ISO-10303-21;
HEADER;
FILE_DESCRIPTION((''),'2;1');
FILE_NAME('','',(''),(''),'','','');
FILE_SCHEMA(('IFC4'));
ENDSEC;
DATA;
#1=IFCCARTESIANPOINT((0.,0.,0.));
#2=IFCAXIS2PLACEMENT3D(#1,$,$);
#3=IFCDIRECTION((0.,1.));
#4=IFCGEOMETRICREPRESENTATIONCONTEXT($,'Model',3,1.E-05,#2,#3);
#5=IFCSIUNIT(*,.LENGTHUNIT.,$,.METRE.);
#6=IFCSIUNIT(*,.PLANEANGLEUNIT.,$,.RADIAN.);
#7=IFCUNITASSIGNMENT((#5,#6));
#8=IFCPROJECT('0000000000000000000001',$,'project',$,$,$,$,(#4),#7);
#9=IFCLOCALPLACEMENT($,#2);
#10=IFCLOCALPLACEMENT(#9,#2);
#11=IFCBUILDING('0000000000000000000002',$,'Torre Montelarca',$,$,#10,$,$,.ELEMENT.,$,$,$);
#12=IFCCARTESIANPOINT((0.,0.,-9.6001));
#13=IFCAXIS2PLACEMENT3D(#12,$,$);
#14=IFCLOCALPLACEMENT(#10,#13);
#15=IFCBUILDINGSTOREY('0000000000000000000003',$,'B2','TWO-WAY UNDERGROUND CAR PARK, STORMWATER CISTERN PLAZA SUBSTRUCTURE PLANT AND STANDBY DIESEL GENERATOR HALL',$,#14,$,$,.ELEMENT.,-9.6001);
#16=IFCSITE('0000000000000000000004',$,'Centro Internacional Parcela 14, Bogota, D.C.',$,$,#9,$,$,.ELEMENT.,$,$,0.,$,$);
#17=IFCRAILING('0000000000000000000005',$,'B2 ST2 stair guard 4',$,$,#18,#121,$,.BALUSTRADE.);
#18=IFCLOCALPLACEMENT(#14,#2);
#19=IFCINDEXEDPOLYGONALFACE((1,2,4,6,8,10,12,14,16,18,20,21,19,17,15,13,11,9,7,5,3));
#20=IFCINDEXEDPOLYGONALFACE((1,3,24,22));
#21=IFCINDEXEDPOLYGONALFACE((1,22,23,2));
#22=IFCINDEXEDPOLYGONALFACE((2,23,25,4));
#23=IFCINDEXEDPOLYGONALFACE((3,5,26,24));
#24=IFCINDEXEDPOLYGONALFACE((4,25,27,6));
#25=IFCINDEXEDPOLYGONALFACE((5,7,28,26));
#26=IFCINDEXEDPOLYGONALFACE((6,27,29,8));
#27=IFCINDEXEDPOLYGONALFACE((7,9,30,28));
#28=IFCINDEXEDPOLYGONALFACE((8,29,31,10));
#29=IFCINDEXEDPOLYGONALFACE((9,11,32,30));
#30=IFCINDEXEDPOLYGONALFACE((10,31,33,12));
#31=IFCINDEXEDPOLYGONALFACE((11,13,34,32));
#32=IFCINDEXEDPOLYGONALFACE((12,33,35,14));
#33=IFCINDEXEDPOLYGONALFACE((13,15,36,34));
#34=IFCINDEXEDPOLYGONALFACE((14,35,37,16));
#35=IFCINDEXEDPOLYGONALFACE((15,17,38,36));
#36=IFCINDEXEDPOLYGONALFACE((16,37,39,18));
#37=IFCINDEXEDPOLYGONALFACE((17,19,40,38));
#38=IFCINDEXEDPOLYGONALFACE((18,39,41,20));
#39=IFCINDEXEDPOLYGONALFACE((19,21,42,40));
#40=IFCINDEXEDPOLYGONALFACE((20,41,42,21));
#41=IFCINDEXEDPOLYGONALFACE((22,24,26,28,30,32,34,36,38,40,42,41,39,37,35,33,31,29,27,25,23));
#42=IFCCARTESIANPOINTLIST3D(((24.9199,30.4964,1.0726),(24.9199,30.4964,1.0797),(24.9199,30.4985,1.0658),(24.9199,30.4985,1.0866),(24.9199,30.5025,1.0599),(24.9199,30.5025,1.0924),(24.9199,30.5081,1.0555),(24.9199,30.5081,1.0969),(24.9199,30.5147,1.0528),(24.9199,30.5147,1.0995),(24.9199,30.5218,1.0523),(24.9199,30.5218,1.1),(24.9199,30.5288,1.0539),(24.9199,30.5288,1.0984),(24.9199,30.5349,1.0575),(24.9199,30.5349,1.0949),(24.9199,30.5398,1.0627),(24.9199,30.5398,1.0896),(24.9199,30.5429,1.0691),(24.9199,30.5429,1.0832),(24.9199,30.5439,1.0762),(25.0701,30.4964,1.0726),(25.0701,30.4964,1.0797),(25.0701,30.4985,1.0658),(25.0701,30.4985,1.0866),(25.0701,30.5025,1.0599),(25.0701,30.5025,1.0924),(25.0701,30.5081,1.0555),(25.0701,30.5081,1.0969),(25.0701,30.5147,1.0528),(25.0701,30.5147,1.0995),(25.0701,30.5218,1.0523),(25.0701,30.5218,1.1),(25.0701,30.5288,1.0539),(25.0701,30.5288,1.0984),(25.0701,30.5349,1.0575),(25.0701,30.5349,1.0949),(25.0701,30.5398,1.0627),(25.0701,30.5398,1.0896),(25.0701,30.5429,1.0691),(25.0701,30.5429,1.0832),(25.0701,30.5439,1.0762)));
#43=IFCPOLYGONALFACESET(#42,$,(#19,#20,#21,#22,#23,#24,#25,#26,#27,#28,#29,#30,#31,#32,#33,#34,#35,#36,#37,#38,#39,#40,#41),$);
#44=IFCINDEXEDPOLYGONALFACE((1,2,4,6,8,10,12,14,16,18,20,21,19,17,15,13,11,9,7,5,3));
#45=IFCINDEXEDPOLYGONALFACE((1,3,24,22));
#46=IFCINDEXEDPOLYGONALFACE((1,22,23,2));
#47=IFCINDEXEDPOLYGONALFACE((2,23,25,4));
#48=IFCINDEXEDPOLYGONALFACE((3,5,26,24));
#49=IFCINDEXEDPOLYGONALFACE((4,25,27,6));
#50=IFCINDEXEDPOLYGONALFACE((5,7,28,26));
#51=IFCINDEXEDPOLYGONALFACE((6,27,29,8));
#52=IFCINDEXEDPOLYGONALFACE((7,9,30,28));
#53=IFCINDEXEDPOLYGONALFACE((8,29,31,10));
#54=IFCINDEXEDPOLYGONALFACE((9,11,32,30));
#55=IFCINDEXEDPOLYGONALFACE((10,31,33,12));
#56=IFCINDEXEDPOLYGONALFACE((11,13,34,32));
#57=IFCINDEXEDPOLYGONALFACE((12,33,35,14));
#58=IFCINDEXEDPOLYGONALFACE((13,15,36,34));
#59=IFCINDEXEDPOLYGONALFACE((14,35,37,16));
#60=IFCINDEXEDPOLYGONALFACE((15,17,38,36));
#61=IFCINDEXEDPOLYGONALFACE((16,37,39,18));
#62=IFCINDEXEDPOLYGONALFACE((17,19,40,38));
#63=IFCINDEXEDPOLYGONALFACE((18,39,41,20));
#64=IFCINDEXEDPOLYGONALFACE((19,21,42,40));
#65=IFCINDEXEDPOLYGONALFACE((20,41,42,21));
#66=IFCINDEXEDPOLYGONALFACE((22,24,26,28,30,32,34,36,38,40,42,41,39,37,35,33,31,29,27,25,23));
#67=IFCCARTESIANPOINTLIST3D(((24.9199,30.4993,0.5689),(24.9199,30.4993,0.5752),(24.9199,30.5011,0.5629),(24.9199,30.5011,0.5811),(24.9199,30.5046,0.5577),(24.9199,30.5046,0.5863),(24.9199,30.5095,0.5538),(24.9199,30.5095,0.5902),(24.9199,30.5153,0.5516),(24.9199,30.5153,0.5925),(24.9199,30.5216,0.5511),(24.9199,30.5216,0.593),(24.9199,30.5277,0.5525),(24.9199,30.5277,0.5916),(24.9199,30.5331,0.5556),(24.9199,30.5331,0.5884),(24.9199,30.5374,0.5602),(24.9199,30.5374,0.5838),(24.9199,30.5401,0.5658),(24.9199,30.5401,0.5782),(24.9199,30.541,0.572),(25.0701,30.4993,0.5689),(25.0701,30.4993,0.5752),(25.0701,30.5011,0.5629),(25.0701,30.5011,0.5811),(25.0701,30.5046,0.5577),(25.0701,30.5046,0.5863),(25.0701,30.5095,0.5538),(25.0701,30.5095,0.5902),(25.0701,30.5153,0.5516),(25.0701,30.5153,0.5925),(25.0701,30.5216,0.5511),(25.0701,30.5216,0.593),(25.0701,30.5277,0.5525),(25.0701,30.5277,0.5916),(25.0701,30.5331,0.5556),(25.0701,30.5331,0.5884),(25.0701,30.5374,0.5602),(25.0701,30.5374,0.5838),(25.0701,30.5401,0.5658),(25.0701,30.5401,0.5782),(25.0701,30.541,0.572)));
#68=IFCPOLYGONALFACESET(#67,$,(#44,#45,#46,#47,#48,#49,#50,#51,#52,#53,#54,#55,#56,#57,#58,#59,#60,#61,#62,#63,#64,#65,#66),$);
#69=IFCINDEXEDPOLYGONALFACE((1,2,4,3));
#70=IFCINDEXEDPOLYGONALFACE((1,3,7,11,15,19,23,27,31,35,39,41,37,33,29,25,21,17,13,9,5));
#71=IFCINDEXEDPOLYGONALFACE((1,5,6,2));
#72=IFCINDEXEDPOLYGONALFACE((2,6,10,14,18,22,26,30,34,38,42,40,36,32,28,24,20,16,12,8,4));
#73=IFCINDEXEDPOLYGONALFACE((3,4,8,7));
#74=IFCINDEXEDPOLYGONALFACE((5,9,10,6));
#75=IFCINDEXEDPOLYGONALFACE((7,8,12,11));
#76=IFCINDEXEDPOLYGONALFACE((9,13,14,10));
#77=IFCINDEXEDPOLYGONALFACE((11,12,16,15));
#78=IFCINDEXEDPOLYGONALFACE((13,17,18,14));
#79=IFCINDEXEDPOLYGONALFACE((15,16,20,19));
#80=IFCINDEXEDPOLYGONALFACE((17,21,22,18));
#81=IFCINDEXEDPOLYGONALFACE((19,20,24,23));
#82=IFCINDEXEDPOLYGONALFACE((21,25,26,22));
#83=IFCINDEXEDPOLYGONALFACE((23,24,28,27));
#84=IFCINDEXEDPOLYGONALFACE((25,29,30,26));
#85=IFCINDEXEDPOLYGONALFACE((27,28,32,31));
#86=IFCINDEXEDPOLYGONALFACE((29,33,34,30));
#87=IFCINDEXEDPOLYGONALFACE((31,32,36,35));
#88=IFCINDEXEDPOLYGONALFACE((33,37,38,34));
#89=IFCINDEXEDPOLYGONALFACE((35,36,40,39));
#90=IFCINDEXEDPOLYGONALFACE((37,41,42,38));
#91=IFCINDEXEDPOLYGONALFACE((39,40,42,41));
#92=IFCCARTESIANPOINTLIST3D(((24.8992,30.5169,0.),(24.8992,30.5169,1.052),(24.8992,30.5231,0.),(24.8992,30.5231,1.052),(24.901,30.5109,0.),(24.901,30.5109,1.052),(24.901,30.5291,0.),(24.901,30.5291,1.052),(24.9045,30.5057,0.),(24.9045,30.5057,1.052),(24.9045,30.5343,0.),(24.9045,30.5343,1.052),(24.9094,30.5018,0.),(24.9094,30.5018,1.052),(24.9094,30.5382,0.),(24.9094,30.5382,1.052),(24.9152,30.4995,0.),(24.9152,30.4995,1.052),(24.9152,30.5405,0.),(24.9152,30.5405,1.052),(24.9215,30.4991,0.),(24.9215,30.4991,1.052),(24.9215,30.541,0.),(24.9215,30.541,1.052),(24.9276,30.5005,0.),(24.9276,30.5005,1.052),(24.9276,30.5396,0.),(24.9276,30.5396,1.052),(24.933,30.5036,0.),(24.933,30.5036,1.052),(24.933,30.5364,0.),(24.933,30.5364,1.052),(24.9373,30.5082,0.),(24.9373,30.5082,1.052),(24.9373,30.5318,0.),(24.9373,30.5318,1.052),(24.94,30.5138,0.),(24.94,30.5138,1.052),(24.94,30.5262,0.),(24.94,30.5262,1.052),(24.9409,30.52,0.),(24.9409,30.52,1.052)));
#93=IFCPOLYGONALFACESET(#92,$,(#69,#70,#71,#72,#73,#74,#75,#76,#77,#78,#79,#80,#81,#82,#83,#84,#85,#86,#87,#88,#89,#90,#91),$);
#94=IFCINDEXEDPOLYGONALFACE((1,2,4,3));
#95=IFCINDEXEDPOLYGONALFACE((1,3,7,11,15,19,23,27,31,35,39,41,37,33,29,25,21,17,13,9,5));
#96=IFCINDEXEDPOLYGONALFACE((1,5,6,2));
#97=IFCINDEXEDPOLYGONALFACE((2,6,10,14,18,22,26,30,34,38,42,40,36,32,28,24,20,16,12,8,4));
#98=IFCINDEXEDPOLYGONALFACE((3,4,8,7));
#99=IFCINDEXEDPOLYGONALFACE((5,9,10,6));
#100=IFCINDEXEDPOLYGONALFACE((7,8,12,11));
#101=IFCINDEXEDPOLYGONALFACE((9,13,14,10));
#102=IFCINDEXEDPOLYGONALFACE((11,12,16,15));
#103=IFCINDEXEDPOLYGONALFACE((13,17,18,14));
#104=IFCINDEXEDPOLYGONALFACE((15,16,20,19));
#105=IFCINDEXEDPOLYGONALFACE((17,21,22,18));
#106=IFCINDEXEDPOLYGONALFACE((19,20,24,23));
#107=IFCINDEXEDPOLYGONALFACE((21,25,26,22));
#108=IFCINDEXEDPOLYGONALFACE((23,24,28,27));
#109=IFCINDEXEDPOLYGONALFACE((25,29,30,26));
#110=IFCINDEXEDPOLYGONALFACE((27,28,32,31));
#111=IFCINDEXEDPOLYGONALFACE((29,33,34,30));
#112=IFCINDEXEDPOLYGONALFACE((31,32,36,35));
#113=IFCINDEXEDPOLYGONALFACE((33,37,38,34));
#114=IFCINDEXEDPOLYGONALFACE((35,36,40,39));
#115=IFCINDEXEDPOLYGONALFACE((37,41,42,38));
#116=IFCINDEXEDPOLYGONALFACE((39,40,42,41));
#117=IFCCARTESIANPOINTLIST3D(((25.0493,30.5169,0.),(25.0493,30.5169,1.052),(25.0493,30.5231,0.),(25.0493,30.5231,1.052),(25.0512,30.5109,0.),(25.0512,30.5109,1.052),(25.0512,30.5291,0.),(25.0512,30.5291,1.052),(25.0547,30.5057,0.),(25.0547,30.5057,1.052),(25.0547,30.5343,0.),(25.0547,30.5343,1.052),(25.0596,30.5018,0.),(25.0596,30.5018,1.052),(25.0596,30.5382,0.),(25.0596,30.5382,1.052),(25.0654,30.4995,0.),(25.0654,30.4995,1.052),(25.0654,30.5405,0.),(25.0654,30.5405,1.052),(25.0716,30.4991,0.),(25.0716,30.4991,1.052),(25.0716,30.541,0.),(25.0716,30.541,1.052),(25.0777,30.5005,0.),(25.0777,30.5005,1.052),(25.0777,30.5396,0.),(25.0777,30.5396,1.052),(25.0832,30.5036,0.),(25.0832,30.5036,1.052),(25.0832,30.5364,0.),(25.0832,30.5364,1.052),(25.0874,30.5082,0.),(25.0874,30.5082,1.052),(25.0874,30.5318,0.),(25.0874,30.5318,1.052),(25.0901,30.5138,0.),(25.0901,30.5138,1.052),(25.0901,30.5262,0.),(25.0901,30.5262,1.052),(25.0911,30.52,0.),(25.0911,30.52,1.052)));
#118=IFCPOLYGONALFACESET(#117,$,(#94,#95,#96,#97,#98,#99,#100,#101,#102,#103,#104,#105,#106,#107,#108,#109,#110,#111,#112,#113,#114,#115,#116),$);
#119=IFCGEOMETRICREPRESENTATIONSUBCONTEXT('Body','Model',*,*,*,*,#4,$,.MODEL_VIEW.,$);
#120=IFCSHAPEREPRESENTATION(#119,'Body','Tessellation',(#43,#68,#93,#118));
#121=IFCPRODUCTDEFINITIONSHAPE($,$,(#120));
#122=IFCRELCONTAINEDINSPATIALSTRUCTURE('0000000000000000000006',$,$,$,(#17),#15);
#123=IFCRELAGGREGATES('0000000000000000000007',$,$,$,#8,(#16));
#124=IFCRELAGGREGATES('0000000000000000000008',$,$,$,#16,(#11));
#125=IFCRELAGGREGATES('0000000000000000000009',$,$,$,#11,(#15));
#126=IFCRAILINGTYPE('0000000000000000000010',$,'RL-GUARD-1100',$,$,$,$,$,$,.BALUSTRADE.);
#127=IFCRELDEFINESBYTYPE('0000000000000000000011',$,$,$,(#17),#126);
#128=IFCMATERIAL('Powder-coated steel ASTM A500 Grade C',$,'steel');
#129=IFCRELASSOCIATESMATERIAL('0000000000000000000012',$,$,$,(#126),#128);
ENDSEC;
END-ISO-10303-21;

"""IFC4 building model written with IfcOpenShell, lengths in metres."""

from ifc_helpers import new_model, si_unit, direction, frame, origin, origin_2d, place, context, subcontext, project, spatial, circle, extrude, material, type_object, element, save


model = new_model("IFC4")

# Units and contexts
model_context = context("Model", 3, precision=1e-05, world=origin(), true_north=direction((0.0, 1.0)))
body_context = subcontext(model_context, "Body", "Model", "MODEL_VIEW")
ifc_project = project(units=[si_unit("LENGTHUNIT", "METRE"), si_unit("PLANEANGLEUNIT", "RADIAN")], contexts=[model_context])

# Site, building, storey
site_placement = place(None, origin())
site = spatial("IfcSite", under=ifc_project, at=site_placement, Name="Centro Internacional Parcela 14, Bogota, D.C.", CompositionType="ELEMENT", RefElevation=0.0)
building_placement = place(site_placement, origin())
building = spatial("IfcBuilding", under=site, at=building_placement, Name="Torre Montelarca", CompositionType="ELEMENT")
storey_placement = place(building_placement, frame((0.0, 0.0, -9.6001)))
storey = spatial("IfcBuildingStorey", under=building, at=storey_placement, Name="B2", Description="TWO-WAY UNDERGROUND CAR PARK, STORMWATER CISTERN PLAZA SUBSTRUCTURE PLANT AND STANDBY DIESEL GENERATOR HALL", CompositionType="ELEMENT", Elevation=-9.6001)

# Railing
ifc_material_1 = material(Name="Powder-coated steel ASTM A500 Grade C", Category="steel")
railing_type_1 = type_object("IfcRailingType", Name="RL-GUARD-1100", PredefinedType="BALUSTRADE", material=ifc_material_1)
railing_1_placement = place(storey_placement, frame((24.9199, 30.52, 0.0)))
element("IfcRailing", 1, at=railing_1_placement, inside=storey, type_object=railing_type_1, Name="B2 ST2 stair guard 4", PredefinedType="BALUSTRADE", context=body_context, shape_type="SweptSolid", body=[
    extrude(circle(Radius=0.0239, at=origin_2d()), frame((0.0, 0.0, 1.0762), z_axis=(1.0, 0.0, 0.0), x_axis=(0.0, 1.0, 0.0)), (0.0, 0.0, 1.0), 0.1501),
    extrude(circle(Radius=0.021, at=origin_2d()), frame((0.0, 0.0, 0.572), z_axis=(1.0, 0.0, 0.0), x_axis=(0.0, 1.0, 0.0)), (0.0, 0.0, 1.0), 0.1501),
    extrude(circle(Radius=0.021, at=origin_2d()), origin(), (0.0, 0.0, 1.0), 1.052),
    extrude(circle(Radius=0.021, at=origin_2d()), frame((0.1501, 0.0, 0.0)), (0.0, 0.0, 1.0), 1.052),
])

save(model, "model.ifc")
